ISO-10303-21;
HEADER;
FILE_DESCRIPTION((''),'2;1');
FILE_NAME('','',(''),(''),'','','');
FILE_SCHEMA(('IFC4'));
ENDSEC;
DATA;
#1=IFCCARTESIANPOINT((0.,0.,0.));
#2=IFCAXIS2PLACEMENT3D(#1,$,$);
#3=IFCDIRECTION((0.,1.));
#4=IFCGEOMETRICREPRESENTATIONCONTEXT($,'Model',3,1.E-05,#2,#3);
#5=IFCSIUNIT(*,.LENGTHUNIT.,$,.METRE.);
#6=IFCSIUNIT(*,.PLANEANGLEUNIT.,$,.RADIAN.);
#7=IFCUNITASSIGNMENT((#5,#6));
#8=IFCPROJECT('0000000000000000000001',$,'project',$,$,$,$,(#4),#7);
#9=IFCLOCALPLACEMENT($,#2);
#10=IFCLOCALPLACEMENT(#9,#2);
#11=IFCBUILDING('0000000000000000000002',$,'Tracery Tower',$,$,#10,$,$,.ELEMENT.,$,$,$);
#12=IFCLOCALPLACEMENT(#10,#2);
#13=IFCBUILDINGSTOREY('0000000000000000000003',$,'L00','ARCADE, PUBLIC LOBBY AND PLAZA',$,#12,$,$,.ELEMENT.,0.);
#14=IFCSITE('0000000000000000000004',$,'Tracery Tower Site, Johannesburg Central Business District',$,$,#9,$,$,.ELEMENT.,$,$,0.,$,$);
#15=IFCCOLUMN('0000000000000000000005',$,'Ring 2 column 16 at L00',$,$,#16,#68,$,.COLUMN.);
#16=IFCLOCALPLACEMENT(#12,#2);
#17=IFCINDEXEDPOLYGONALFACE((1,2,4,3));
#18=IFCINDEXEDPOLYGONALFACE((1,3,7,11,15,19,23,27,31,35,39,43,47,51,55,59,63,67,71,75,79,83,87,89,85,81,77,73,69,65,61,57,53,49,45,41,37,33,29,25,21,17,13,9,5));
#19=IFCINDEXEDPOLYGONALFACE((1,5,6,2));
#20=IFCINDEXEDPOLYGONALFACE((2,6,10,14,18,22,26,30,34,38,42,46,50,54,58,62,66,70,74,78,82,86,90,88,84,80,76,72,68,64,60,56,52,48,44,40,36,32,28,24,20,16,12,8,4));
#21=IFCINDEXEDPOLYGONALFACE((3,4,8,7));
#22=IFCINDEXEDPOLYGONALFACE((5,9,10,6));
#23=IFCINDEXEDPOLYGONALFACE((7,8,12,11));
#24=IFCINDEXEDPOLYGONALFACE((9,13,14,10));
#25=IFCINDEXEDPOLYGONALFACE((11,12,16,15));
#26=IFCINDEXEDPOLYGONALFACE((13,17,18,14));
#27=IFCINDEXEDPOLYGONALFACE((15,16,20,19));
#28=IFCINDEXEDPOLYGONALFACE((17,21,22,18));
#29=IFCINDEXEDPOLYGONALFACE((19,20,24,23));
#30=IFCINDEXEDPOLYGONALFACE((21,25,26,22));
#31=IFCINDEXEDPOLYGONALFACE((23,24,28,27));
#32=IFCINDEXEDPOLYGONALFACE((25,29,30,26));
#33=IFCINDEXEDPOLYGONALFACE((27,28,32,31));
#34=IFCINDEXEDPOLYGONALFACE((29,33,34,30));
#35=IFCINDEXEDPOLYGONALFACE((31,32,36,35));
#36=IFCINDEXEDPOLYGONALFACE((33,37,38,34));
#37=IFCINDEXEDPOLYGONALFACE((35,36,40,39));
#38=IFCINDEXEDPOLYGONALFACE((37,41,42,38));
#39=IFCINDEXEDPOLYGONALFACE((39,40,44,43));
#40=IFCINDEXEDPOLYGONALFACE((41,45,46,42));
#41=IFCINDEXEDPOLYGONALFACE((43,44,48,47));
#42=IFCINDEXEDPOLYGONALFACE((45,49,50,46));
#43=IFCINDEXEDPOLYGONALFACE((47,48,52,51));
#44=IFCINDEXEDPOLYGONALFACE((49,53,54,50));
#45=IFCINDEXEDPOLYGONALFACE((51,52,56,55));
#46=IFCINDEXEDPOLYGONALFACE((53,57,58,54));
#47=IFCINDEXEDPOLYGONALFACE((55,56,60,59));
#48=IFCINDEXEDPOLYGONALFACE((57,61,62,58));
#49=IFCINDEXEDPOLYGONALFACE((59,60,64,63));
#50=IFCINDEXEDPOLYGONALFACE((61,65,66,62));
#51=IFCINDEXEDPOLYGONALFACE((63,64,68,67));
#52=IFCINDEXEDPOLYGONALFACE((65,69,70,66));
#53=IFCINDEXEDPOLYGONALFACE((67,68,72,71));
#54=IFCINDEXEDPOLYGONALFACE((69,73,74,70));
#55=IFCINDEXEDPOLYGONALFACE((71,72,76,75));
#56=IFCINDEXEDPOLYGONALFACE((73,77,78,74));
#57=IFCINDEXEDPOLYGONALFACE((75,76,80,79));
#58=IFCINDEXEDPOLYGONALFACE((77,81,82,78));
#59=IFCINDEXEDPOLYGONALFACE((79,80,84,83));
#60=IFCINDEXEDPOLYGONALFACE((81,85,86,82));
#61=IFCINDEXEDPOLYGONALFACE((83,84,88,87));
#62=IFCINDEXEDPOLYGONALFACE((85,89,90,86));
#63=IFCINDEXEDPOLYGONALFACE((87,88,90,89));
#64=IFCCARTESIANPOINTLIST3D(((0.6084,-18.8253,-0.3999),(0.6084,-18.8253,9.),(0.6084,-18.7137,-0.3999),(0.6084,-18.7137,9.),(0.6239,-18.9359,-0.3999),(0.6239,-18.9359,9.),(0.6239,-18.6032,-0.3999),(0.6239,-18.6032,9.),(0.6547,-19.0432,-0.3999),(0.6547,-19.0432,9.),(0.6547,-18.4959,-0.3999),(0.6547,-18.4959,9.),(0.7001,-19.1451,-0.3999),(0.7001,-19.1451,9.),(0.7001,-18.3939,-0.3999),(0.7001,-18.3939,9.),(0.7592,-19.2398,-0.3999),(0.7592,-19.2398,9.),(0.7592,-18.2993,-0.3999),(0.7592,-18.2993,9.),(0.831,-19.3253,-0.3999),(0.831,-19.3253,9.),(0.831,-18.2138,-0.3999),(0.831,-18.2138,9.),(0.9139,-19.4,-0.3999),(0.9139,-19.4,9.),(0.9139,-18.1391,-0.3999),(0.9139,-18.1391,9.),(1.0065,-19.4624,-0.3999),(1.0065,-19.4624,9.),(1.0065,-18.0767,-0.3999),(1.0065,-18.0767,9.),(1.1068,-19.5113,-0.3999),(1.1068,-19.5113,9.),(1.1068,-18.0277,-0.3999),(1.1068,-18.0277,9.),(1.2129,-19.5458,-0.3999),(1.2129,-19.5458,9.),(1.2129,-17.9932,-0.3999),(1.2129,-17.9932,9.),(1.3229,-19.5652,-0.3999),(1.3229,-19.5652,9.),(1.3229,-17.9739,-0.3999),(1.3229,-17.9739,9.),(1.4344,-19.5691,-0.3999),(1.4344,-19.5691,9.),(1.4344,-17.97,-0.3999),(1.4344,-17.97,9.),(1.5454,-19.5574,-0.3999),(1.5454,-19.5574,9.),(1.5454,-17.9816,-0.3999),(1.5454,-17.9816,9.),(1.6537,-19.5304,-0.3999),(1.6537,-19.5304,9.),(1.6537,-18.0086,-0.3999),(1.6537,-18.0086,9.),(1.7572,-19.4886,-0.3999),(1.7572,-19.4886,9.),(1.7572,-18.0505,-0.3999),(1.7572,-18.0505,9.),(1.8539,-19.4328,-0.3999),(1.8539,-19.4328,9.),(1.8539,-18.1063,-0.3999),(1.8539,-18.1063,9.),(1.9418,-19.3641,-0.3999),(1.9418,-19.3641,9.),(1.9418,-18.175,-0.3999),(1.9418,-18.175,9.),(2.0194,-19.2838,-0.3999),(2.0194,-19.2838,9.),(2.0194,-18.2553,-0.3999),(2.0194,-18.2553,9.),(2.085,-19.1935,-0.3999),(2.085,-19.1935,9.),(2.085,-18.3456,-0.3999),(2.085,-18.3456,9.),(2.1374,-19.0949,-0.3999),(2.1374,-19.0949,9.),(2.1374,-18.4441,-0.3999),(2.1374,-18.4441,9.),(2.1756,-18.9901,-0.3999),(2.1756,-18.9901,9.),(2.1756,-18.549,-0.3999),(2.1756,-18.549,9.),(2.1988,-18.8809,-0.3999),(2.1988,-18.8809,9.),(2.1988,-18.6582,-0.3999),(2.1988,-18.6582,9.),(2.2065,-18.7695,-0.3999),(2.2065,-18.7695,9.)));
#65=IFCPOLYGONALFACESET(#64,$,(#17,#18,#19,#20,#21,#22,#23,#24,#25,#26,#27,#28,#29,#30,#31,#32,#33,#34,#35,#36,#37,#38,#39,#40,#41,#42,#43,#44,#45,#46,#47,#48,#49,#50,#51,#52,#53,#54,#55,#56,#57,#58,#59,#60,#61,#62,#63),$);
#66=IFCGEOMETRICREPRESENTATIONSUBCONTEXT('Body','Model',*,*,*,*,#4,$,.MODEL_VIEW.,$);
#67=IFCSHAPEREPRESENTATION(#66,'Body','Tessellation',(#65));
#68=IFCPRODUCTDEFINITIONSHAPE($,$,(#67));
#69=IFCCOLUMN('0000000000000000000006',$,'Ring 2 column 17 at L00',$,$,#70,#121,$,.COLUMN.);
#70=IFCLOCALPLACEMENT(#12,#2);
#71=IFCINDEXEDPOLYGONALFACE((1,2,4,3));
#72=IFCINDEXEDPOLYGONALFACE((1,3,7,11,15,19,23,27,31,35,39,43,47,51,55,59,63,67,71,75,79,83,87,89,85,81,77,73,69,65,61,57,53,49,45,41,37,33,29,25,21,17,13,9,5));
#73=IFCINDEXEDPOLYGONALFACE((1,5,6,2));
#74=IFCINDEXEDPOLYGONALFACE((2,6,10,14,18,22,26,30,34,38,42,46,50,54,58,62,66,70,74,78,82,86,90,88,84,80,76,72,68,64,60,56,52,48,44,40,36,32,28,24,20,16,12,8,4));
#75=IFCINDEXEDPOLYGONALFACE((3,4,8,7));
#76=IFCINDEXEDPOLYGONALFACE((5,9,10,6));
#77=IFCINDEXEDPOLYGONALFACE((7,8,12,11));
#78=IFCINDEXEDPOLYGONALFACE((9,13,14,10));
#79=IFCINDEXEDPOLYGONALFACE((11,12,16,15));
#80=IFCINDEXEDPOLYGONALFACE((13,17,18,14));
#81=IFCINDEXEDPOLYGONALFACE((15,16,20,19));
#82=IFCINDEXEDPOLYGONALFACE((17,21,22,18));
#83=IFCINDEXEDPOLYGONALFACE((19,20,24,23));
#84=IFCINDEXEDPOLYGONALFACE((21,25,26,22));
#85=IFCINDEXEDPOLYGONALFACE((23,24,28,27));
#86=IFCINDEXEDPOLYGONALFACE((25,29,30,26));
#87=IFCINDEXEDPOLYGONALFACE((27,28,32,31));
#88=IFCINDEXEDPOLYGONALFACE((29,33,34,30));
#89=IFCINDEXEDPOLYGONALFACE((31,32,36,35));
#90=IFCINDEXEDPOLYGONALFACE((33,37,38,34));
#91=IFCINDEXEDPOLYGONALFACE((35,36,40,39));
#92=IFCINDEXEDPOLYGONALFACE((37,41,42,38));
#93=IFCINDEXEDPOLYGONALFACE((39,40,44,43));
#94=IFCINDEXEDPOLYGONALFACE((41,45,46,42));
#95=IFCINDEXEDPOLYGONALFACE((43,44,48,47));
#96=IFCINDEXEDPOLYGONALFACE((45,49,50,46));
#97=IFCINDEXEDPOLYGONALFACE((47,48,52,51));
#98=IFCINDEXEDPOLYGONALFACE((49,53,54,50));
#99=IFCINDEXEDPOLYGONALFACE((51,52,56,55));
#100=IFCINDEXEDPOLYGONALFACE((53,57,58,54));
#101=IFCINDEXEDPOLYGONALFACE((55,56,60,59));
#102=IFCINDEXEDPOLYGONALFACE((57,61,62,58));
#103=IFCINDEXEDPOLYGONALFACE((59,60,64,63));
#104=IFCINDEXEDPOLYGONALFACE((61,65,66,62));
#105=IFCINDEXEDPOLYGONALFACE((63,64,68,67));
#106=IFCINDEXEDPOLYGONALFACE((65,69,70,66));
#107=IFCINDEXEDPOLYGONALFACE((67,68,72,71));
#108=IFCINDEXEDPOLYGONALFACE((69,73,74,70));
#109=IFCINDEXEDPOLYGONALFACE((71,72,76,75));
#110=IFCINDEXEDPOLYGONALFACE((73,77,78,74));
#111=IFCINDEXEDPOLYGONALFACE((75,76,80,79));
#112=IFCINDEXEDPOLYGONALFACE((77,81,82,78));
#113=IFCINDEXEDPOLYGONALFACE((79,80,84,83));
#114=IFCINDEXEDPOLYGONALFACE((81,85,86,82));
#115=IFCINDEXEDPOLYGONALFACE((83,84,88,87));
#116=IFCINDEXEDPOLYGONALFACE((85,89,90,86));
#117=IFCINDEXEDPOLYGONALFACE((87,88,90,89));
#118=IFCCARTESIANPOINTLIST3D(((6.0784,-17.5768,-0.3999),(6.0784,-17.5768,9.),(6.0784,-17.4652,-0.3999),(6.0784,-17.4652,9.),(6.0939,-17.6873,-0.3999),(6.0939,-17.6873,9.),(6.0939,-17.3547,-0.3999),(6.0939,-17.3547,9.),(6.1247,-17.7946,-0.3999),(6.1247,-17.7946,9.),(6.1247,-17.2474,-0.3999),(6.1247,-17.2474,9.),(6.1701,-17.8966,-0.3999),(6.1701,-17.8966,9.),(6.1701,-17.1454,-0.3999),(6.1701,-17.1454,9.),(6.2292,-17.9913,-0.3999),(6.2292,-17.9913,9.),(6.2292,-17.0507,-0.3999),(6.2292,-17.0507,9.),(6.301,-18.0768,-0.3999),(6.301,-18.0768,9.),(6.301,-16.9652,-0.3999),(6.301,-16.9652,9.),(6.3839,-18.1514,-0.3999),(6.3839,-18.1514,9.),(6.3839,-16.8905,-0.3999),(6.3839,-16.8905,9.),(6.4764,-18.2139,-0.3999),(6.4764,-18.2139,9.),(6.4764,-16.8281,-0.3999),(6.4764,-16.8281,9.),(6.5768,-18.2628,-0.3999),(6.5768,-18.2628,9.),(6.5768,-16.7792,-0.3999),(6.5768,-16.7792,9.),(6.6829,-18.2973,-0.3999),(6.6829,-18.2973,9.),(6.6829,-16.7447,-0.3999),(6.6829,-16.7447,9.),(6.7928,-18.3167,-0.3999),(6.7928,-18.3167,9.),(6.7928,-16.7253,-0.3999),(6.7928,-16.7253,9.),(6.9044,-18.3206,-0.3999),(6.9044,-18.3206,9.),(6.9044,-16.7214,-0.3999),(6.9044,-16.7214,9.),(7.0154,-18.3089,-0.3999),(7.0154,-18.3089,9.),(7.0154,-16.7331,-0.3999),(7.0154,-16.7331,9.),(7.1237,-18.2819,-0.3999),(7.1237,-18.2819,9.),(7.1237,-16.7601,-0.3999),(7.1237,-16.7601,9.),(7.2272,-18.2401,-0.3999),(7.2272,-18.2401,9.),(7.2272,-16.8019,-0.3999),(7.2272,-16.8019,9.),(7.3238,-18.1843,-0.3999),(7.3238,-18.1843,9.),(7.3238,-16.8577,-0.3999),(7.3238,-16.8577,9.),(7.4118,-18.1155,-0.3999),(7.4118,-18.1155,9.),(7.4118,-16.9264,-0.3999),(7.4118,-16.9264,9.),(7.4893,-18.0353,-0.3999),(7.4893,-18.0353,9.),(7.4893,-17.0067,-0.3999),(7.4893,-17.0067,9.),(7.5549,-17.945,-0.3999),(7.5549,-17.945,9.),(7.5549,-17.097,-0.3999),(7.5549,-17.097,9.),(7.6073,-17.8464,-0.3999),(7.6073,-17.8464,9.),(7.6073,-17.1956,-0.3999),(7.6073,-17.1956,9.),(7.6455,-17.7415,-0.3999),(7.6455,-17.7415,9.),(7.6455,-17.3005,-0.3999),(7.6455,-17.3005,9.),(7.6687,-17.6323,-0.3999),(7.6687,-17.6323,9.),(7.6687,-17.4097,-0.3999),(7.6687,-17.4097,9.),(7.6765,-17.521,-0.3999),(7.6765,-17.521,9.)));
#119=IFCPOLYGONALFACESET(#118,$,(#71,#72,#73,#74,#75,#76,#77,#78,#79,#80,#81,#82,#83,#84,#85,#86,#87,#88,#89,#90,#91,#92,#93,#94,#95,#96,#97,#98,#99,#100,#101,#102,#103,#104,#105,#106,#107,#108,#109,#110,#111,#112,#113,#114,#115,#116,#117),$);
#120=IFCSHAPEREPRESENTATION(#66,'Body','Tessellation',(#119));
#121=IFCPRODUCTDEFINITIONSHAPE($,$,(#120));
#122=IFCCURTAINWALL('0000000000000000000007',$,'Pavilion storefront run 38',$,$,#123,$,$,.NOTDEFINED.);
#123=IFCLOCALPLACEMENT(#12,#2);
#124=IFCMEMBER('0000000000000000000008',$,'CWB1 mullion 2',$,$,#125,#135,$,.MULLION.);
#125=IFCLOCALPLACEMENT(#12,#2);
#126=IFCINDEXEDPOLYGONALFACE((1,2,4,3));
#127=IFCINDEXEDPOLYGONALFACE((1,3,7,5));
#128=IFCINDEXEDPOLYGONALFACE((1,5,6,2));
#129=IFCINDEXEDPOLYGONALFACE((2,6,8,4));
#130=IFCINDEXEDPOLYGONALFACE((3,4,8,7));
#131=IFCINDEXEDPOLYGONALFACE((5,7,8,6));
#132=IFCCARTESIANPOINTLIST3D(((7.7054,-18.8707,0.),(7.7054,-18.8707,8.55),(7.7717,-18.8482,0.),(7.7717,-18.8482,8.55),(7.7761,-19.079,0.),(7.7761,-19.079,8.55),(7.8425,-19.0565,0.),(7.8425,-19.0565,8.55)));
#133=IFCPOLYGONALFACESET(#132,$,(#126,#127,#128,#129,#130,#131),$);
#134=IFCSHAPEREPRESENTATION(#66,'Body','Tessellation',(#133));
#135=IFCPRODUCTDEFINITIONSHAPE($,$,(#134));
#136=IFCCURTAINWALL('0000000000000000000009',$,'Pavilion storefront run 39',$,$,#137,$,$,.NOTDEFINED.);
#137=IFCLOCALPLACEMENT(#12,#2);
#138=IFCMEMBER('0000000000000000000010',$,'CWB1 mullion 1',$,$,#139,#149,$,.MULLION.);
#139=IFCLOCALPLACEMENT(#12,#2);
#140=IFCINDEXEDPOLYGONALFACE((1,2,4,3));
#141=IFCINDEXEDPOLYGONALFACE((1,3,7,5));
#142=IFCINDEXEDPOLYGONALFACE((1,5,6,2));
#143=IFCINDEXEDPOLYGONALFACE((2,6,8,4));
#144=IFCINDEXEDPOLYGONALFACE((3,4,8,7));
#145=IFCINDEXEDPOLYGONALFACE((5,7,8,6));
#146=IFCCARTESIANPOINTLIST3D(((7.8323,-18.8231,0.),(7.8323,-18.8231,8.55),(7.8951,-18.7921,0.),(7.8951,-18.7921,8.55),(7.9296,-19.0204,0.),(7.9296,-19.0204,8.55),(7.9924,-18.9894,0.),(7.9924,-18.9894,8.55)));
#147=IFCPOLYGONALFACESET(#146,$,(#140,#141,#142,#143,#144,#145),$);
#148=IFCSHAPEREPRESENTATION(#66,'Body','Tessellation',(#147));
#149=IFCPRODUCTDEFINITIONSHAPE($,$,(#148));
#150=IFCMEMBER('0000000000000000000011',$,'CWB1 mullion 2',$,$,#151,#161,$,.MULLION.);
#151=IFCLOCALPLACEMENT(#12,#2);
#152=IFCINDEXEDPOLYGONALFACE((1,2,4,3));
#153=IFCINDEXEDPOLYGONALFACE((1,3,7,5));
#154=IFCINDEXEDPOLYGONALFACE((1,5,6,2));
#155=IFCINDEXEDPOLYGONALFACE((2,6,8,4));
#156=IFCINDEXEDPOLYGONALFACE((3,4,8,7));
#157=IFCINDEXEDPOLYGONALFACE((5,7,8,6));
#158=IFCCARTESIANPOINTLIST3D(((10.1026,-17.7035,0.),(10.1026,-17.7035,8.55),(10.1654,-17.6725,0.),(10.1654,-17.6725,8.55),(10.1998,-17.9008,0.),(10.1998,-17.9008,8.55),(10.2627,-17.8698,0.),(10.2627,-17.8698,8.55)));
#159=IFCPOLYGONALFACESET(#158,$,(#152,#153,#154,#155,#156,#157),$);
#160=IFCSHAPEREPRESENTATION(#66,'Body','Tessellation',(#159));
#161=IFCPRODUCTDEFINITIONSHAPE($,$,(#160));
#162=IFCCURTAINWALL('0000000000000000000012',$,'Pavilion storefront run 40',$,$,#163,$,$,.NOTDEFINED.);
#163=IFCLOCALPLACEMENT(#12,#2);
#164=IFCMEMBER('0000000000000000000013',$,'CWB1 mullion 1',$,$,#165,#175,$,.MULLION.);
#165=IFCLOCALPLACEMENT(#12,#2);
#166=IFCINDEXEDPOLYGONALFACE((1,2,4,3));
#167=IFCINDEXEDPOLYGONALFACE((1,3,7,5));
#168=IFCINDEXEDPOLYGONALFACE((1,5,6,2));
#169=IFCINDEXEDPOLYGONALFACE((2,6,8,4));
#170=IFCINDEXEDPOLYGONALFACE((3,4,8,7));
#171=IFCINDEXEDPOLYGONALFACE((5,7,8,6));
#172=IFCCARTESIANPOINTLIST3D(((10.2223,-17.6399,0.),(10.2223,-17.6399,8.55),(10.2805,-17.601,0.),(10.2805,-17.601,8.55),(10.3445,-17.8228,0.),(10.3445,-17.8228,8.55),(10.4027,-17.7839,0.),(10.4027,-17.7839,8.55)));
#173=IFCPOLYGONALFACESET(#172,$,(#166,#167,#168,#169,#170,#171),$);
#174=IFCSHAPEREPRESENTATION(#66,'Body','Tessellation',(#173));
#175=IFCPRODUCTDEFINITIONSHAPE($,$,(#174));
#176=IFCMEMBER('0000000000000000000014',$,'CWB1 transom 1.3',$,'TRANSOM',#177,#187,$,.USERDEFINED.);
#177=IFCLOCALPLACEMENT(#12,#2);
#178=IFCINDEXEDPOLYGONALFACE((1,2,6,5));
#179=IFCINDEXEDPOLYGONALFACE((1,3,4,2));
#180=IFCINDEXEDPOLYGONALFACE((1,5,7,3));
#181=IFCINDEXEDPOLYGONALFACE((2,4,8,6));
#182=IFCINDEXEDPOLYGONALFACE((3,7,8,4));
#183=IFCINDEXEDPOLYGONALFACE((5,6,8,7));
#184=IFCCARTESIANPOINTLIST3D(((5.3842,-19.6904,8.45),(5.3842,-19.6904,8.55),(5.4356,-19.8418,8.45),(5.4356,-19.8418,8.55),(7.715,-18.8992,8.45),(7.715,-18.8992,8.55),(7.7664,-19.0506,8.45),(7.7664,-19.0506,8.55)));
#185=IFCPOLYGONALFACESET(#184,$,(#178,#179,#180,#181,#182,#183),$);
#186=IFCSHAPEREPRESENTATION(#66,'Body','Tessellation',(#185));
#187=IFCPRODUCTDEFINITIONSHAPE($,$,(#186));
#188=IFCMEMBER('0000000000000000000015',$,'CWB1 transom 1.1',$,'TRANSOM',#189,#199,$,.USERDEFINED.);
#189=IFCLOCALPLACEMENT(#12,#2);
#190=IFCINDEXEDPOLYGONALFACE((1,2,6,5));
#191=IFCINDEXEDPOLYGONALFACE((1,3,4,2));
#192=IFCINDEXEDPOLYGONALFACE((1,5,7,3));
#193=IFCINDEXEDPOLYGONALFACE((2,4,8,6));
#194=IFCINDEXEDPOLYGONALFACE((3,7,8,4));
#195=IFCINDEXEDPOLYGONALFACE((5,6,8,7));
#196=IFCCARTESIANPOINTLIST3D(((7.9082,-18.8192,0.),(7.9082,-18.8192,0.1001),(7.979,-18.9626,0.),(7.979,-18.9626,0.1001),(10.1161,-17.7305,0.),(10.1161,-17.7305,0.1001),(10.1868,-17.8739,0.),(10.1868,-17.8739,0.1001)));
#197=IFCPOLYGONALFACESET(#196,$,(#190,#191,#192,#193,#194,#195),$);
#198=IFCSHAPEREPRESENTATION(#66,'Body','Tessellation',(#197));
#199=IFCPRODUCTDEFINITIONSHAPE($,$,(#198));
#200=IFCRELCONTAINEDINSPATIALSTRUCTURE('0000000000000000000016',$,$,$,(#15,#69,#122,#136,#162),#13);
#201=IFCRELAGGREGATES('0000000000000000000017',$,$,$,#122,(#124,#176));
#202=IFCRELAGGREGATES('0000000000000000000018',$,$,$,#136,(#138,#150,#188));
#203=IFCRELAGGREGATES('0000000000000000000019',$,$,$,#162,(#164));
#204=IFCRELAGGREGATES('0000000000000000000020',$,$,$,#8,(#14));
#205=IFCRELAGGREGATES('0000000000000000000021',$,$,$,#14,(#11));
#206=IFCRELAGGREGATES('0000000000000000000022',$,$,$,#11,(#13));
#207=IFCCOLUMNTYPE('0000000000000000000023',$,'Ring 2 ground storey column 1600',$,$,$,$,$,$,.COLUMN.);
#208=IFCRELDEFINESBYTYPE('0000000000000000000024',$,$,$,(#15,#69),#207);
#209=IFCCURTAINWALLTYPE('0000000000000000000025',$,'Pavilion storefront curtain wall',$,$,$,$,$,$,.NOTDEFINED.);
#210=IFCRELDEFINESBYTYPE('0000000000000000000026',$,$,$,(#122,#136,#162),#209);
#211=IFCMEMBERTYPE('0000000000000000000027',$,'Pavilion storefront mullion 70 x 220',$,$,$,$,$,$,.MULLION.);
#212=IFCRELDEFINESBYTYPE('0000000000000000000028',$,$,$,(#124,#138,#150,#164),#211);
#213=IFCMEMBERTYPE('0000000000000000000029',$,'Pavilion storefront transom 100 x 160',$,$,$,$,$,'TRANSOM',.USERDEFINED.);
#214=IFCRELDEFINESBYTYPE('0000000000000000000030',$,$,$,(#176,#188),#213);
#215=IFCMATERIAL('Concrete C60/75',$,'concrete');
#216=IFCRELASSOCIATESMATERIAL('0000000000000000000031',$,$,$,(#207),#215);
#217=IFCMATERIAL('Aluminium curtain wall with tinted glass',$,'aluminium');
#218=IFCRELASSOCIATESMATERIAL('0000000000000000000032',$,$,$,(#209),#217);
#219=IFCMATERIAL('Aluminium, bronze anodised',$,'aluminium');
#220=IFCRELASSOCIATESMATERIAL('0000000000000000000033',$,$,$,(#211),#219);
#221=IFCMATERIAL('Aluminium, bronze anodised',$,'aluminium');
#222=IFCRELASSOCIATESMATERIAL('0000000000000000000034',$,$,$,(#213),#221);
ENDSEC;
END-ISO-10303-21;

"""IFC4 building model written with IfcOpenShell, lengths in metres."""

from ifc_helpers import new_model, si_unit, direction, frame, origin, origin_2d, place, context, subcontext, project, spatial, rectangle, circle, extrude, material, material_profile, profile_set, type_object, element, aggregate, save


model = new_model("IFC4")

# Units and contexts
model_context = context("Model", 3, precision=1e-05, world=origin(), true_north=direction((0.0, 1.0)))
body_context = subcontext(model_context, "Body", "Model", "MODEL_VIEW")
ifc_project = project(units=[si_unit("LENGTHUNIT", "METRE"), si_unit("PLANEANGLEUNIT", "RADIAN")], contexts=[model_context])

# Site, building, storey
site_placement = place(None, origin())
site = spatial("IfcSite", under=ifc_project, at=site_placement, Name="Tracery Tower Site, Johannesburg Central Business District", CompositionType="ELEMENT", RefElevation=0.0)
building_placement = place(site_placement, origin())
building = spatial("IfcBuilding", under=site, at=building_placement, Name="Tracery Tower", CompositionType="ELEMENT")
storey_placement = place(building_placement, origin())
storey = spatial("IfcBuildingStorey", under=building, at=storey_placement, Name="L00", Description="ARCADE, PUBLIC LOBBY AND PLAZA", CompositionType="ELEMENT", Elevation=0.0)

# Columns
ifc_material_1 = material(Name="Concrete C60/75", Category="concrete")
ifc_material_profile_1 = material_profile(ifc_material_1, circle(Radius=0.8, at=origin_2d()), Name="RC D1600")
ifc_profile_set_1 = profile_set([ifc_material_profile_1], Name="Concrete C60/75")
column_type = type_object("IfcColumnType", Name="Ring 2 ground storey column 1600", PredefinedType="COLUMN", material=ifc_profile_set_1)
for number, where, z_axis, x_axis, name in (
    (1, (1.4065, -18.7695, -0.3999), (0.0, 0.0, 1.0), (1.0, 0.0, 0.0), "Ring 2 column 16 at L00"),
    (2, (6.8765, -17.521, -0.3999), (0.0, 0.0, 1.0), (1.0, 0.0, 0.0), "Ring 2 column 17 at L00"),
):
    element("IfcColumn", number, at=place(storey_placement, frame(where, z_axis=z_axis, x_axis=x_axis)), inside=storey, type_object=column_type, Name=name, PredefinedType="COLUMN", context=body_context, shape_type="SweptSolid", body=[
        extrude(circle(Radius=0.8, at=origin_2d()), origin(), (0.0, 0.0, 1.0), 9.3999),
    ])

# Curtain wall, member
ifc_material_2 = material(Name="Aluminium curtain wall with tinted glass", Category="aluminium")
curtain_wall_type = type_object("IfcCurtainWallType", Name="Pavilion storefront curtain wall", PredefinedType="NOTDEFINED", material=ifc_material_2)
curtain_wall_1_placement = place(storey_placement, origin())
curtain_wall_1 = element("IfcCurtainWall", 3, at=curtain_wall_1_placement, inside=storey, type_object=curtain_wall_type, Name="Pavilion storefront run 38", PredefinedType="NOTDEFINED")
ifc_material_3 = material(Name="Aluminium, bronze anodised", Category="aluminium")
ifc_material_profile_2 = material_profile(ifc_material_3, rectangle(XDim=0.22, YDim=0.0701, at=origin_2d()), Name="Pavilion storefront mullion 70 x 220")
ifc_profile_set_2 = profile_set([ifc_material_profile_2], Name="Aluminium, bronze anodised")
member_type_1 = type_object("IfcMemberType", Name="Pavilion storefront mullion 70 x 220", PredefinedType="MULLION", material=ifc_profile_set_2)
member_1_placement = place(storey_placement, frame((7.7739, -18.9636, 0.0), z_axis=(0.0, 0.0, 1.0), x_axis=(-0.321435, 0.946931, 0.0)))
member_1 = element("IfcMember", 4, at=member_1_placement, type_object=member_type_1, Name="CWB1 mullion 2", PredefinedType="MULLION", context=body_context, shape_type="SweptSolid", body=[
    extrude(rectangle(XDim=0.22, YDim=0.0701, at=origin_2d()), origin(), (0.0, 0.0, 1.0), 8.55),
])

# Curtain wall, members
curtain_wall_2_placement = place(storey_placement, origin())
curtain_wall_2 = element("IfcCurtainWall", 5, at=curtain_wall_2_placement, inside=storey, type_object=curtain_wall_type, Name="Pavilion storefront run 39", PredefinedType="NOTDEFINED")
member_2_placement = place(storey_placement, frame((7.9124, -18.9062, 0.0), z_axis=(0.0, 0.0, 1.0), x_axis=(-0.442287, 0.896874, 0.0)))
member_2 = element("IfcMember", 6, at=member_2_placement, type_object=member_type_1, Name="CWB1 mullion 1", PredefinedType="MULLION", context=body_context, shape_type="SweptSolid", body=[
    extrude(rectangle(XDim=0.22, YDim=0.0701, at=origin_2d()), origin(), (0.0, 0.0, 1.0), 8.55),
])
member_3_placement = place(storey_placement, frame((10.1826, -17.7866, 0.0), z_axis=(0.0, 0.0, 1.0), x_axis=(-0.442287, 0.896874, 0.0)))
member_3 = element("IfcMember", 7, at=member_3_placement, type_object=member_type_1, Name="CWB1 mullion 2", PredefinedType="MULLION", context=body_context, shape_type="SweptSolid", body=[
    extrude(rectangle(XDim=0.22, YDim=0.0701, at=origin_2d()), origin(), (0.0, 0.0, 1.0), 8.55),
])

# Curtain wall, member
curtain_wall_3_placement = place(storey_placement, origin())
curtain_wall_3 = element("IfcCurtainWall", 8, at=curtain_wall_3_placement, inside=storey, type_object=curtain_wall_type, Name="Pavilion storefront run 40", PredefinedType="NOTDEFINED")
member_4_placement = place(storey_placement, frame((10.3125, -17.7119, 0.0), z_axis=(0.0, 0.0, 1.0), x_axis=(-0.55556, 0.831476, 0.0)))
member_4 = element("IfcMember", 9, at=member_4_placement, type_object=member_type_1, Name="CWB1 mullion 1", PredefinedType="MULLION", context=body_context, shape_type="SweptSolid", body=[
    extrude(rectangle(XDim=0.22, YDim=0.0701, at=origin_2d()), origin(), (0.0, 0.0, 1.0), 8.55),
])

# Members
ifc_material_4 = material(Name="Aluminium, bronze anodised", Category="aluminium")
ifc_material_profile_3 = material_profile(ifc_material_4, rectangle(XDim=0.1599, YDim=0.1001, at=origin_2d()), Name="Pavilion storefront transom 100 x 160")
ifc_profile_set_3 = profile_set([ifc_material_profile_3], Name="Aluminium, bronze anodised")
member_type_2 = type_object("IfcMemberType", Name="Pavilion storefront transom 100 x 160", ElementType="TRANSOM", PredefinedType="USERDEFINED", material=ifc_profile_set_3)
member_5_placement = place(storey_placement, frame((5.4099, -19.7661, 8.5), z_axis=(0.946923, 0.32146, 0.0), x_axis=(-0.32146, 0.946923, 0.0)))
member_5 = element("IfcMember", 10, at=member_5_placement, type_object=member_type_2, Name="CWB1 transom 1.3", ObjectType="TRANSOM", PredefinedType="USERDEFINED", context=body_context, shape_type="SweptSolid", body=[
    extrude(rectangle(XDim=0.1599, YDim=0.1001, at=origin_2d()), origin(), (0.0, 0.0, 1.0), 2.4614),
])
member_6_placement = place(storey_placement, frame((7.9436, -18.8909, 0.05), z_axis=(0.896893, 0.442248, 0.0), x_axis=(-0.442248, 0.896893, 0.0)))
member_6 = element("IfcMember", 11, at=member_6_placement, type_object=member_type_2, Name="CWB1 transom 1.1", ObjectType="TRANSOM", PredefinedType="USERDEFINED", context=body_context, shape_type="SweptSolid", body=[
    extrude(rectangle(XDim=0.1599, YDim=0.1001, at=origin_2d()), origin(), (0.0, 0.0, 1.0), 2.4617),
])

aggregate(curtain_wall_1, [member_1, member_5])
aggregate(curtain_wall_2, [member_2, member_3, member_6])
aggregate(curtain_wall_3, [member_4])

save(model, "model.ifc")
